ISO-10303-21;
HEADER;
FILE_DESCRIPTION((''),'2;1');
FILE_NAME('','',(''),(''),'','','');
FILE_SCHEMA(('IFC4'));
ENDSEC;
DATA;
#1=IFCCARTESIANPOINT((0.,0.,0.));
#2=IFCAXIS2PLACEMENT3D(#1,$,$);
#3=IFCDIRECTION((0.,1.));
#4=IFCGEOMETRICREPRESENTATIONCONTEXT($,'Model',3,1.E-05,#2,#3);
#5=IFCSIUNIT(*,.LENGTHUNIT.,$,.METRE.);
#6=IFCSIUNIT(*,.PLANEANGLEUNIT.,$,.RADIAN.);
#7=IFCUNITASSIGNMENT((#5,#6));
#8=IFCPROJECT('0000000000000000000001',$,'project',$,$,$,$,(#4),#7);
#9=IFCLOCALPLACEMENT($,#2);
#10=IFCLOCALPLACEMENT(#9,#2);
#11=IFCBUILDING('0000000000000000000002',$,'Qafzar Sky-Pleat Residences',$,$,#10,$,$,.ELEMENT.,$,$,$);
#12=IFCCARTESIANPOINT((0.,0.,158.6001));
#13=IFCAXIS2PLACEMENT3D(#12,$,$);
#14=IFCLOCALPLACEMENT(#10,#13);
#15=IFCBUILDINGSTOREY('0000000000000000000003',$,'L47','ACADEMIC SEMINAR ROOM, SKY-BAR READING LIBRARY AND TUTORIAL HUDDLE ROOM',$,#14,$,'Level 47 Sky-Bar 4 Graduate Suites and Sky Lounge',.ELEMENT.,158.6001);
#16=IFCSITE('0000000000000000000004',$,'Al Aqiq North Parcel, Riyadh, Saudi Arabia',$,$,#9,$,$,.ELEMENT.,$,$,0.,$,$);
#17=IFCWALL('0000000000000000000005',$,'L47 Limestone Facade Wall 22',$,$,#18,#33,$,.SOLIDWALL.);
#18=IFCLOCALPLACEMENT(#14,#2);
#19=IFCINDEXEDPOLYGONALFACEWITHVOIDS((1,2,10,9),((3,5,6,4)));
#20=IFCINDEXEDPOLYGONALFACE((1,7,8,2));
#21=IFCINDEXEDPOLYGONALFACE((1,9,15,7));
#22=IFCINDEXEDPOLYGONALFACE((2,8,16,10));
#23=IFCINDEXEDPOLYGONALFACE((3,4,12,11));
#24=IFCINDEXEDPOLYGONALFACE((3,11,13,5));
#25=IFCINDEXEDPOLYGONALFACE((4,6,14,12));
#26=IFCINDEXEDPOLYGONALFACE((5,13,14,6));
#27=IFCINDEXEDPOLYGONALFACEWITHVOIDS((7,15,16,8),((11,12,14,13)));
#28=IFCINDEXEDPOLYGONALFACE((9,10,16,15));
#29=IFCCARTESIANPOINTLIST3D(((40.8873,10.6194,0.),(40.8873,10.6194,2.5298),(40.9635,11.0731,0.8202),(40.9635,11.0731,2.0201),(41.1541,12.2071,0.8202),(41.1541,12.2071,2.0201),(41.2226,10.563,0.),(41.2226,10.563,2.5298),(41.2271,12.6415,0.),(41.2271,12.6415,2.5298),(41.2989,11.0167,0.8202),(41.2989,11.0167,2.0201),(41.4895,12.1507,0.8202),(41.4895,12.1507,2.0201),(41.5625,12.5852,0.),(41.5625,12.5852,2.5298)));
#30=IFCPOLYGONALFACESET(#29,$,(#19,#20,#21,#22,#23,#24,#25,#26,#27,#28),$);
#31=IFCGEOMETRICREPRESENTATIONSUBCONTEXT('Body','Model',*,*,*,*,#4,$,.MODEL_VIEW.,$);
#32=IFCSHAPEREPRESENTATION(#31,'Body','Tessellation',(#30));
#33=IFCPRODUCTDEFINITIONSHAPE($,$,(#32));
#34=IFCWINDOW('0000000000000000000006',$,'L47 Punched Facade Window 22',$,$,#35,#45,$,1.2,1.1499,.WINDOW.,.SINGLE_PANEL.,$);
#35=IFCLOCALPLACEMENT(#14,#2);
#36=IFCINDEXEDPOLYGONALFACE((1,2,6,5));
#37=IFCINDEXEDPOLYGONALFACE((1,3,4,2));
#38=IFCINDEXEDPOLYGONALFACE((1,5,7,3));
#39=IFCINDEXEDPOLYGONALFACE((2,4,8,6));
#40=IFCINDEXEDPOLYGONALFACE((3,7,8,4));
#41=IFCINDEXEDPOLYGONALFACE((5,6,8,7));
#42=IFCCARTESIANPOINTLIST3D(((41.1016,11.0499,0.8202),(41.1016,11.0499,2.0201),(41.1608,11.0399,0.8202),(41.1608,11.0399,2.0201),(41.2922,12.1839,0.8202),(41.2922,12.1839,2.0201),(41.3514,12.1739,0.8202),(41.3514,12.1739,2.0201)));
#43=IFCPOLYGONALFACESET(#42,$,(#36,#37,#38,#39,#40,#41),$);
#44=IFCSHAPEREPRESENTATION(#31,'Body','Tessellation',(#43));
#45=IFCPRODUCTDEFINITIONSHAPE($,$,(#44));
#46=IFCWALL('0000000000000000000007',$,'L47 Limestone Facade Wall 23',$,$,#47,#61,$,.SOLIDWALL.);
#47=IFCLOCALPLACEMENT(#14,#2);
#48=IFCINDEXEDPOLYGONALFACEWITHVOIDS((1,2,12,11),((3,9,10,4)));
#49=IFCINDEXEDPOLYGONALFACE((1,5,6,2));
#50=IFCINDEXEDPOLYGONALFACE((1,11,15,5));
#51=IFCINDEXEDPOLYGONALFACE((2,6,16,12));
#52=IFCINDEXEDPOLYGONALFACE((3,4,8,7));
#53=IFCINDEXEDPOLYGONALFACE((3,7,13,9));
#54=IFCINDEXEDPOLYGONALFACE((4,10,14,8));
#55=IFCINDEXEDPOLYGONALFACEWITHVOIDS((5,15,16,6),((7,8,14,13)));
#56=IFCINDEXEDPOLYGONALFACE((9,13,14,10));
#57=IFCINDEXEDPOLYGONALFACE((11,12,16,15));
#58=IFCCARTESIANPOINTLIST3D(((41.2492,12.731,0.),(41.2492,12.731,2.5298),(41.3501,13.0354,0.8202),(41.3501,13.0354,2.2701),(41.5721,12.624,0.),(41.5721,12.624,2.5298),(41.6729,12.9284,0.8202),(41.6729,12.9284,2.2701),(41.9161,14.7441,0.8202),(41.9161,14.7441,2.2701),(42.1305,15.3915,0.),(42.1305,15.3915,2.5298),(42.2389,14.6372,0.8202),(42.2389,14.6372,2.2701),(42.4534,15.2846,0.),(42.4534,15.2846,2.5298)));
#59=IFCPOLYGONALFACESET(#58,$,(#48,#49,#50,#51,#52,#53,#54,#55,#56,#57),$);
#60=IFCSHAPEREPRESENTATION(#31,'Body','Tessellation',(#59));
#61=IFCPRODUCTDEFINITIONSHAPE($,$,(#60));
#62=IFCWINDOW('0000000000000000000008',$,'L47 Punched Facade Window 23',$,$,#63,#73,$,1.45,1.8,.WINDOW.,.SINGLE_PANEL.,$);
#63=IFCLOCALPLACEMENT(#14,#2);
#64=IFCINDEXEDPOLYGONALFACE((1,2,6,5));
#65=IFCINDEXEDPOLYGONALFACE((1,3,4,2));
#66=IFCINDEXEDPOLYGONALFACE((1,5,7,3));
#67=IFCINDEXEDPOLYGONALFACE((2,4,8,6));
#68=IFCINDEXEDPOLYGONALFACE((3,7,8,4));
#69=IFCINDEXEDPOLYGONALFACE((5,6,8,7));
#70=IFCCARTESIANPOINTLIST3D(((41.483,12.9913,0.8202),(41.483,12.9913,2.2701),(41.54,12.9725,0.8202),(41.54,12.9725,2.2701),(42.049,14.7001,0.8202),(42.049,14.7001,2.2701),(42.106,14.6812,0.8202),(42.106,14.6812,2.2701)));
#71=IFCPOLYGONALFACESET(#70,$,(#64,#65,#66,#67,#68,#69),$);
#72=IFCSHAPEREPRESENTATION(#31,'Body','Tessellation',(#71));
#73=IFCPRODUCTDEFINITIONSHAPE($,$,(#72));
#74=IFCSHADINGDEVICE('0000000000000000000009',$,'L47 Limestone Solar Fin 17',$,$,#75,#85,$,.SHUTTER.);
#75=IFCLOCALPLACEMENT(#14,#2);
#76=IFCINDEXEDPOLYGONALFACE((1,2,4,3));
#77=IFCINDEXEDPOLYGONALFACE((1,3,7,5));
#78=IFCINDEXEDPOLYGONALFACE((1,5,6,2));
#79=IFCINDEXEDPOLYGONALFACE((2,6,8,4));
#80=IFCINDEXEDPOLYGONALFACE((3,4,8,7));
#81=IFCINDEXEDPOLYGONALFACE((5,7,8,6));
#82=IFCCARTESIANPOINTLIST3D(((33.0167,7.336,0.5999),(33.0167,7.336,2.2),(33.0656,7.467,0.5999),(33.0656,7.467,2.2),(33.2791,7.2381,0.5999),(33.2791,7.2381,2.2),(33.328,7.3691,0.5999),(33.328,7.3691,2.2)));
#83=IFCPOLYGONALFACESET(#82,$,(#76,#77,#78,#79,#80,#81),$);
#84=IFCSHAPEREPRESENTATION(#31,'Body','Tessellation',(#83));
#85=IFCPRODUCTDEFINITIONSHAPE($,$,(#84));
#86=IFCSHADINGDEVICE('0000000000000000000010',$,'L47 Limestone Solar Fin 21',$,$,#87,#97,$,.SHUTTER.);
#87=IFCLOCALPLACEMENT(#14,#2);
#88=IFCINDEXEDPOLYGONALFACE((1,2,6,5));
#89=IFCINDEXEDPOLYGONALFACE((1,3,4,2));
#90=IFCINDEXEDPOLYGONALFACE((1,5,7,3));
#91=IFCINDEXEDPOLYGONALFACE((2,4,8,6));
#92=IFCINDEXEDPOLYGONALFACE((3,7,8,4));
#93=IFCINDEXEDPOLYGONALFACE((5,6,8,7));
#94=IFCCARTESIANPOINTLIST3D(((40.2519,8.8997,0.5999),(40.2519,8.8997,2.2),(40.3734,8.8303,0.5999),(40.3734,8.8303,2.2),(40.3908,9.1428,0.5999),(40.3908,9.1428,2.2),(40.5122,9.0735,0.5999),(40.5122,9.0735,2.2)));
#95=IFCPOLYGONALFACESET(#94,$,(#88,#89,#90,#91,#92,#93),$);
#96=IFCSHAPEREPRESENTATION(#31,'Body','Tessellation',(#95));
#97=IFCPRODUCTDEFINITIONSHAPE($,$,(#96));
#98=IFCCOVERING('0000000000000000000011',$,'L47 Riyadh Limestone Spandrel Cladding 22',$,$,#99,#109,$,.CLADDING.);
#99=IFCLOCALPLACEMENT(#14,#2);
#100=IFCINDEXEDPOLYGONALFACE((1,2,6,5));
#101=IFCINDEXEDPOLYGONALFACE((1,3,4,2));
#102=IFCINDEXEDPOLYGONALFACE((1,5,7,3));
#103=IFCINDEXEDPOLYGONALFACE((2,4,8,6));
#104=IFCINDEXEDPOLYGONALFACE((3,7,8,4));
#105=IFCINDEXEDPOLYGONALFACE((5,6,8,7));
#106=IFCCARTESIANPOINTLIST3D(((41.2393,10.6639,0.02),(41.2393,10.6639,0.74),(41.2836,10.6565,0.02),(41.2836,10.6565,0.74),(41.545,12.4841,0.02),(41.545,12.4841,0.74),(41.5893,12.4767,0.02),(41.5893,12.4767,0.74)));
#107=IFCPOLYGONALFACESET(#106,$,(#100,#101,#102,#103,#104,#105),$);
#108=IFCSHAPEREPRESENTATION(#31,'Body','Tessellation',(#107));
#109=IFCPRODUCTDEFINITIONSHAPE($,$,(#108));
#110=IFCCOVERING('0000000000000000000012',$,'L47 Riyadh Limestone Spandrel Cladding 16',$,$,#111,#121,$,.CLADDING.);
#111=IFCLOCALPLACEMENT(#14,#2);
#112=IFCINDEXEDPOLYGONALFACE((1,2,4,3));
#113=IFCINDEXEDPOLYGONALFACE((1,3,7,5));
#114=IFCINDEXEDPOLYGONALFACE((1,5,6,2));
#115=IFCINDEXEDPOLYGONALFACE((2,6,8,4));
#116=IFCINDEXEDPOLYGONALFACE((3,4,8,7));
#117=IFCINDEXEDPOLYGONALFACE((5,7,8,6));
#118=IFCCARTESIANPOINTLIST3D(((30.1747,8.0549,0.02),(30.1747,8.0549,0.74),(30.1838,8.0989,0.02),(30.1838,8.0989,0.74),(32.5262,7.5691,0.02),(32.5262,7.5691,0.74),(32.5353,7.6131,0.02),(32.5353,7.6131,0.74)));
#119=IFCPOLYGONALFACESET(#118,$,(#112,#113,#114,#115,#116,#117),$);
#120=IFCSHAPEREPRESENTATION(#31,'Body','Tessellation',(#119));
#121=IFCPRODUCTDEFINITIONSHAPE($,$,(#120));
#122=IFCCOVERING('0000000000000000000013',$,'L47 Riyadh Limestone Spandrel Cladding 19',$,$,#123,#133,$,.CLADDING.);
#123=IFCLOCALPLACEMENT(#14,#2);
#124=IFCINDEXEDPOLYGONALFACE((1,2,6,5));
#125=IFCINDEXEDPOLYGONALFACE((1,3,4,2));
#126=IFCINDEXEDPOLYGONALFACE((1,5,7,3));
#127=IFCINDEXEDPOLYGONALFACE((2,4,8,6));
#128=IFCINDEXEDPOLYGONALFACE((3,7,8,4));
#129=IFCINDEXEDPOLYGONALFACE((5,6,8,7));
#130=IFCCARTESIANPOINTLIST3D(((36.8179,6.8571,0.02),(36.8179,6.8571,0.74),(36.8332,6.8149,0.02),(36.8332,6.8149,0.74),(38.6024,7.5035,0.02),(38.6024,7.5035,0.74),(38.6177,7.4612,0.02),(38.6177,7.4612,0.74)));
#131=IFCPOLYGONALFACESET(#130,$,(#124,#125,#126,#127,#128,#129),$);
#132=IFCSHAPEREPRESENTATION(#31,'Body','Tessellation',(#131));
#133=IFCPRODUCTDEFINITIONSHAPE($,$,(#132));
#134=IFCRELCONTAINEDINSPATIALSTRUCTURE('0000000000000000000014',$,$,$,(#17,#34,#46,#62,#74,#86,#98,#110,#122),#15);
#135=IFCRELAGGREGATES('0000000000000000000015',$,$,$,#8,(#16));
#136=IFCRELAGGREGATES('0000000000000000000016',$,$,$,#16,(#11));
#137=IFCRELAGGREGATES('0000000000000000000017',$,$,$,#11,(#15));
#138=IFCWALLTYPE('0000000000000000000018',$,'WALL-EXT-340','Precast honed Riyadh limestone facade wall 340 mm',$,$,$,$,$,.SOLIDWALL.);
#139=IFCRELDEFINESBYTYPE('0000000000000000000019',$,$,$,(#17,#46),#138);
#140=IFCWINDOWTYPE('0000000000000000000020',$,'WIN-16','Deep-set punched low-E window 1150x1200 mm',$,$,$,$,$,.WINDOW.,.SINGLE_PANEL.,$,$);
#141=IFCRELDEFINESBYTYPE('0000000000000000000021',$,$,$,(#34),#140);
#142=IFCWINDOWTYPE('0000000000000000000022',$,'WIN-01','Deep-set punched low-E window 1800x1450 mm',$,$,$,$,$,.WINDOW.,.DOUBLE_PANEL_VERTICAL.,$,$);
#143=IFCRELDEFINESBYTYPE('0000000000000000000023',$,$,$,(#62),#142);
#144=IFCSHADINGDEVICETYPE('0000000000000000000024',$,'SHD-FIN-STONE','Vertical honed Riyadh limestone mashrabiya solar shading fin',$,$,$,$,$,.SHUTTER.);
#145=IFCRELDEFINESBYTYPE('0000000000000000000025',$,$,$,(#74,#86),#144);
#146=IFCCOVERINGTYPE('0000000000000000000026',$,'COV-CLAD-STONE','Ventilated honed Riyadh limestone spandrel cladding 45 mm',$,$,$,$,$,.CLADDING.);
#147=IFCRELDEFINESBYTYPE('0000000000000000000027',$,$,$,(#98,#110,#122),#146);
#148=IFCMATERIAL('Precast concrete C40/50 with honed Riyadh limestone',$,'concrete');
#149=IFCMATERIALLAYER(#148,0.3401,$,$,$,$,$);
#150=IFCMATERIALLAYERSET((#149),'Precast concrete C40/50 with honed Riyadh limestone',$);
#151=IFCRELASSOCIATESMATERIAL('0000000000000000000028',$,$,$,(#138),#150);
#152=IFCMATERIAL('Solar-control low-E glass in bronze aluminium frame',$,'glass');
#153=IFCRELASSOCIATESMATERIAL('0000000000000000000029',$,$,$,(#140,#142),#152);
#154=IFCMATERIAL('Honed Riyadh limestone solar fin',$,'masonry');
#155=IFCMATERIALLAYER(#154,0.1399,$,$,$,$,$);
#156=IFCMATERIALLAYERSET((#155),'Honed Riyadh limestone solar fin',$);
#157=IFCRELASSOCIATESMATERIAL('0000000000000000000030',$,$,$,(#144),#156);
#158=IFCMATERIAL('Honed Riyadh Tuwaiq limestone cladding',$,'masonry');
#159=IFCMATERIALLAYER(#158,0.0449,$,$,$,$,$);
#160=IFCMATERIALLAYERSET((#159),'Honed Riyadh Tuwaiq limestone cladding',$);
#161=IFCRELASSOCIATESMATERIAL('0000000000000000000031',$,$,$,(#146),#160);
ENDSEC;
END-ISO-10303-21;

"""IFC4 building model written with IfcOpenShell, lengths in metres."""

from ifc_helpers import new_model, si_unit, direction, frame, frame_2d, origin, origin_2d, place, context, subcontext, project, spatial, rectangle, extrude, source, transform, mapped, material, layer, layer_set, type_object, element, fill, save


model = new_model("IFC4")

# Units and contexts
model_context = context("Model", 3, precision=1e-05, world=origin(), true_north=direction((0.0, 1.0)))
body_context = subcontext(model_context, "Body", "Model", "MODEL_VIEW")
ifc_project = project(units=[si_unit("LENGTHUNIT", "METRE"), si_unit("PLANEANGLEUNIT", "RADIAN")], contexts=[model_context])

# Site, building, storey
site_placement = place(None, origin())
site = spatial("IfcSite", under=ifc_project, at=site_placement, Name="Al Aqiq North Parcel, Riyadh, Saudi Arabia", CompositionType="ELEMENT", RefElevation=0.0)
building_placement = place(site_placement, origin())
building = spatial("IfcBuilding", under=site, at=building_placement, Name="Qafzar Sky-Pleat Residences", CompositionType="ELEMENT")
storey_placement = place(building_placement, frame((0.0, 0.0, 158.6001)))
storey = spatial("IfcBuildingStorey", under=building, at=storey_placement, Name="L47", Description="ACADEMIC SEMINAR ROOM, SKY-BAR READING LIBRARY AND TUTORIAL HUDDLE ROOM", LongName="Level 47 Sky-Bar 4 Graduate Suites and Sky Lounge", CompositionType="ELEMENT", Elevation=158.6001)

# Walls, openings, windows
ifc_material_1 = material(Name="Precast concrete C40/50 with honed Riyadh limestone", Category="concrete")
ifc_layer_1 = layer(ifc_material_1, 0.3401)
ifc_layer_set_1 = layer_set([ifc_layer_1], Name="Precast concrete C40/50 with honed Riyadh limestone")
wall_type = type_object("IfcWallType", Name="WALL-EXT-340", Description="Precast honed Riyadh limestone facade wall 340 mm", PredefinedType="SOLIDWALL", material=ifc_layer_set_1)
ifc_material_2 = material(Name="Solar-control low-E glass in bronze aluminium frame", Category="glass")
wall_1_placement = place(storey_placement, frame((41.0549, 10.5911, 0.0), z_axis=(0.0, 0.0, 1.0), x_axis=(0.165731, 0.986171, 0.0)))
wall_1 = element("IfcWall", 1, at=wall_1_placement, inside=storey, type_object=wall_type, Name="L47 Limestone Facade Wall 22", PredefinedType="SOLIDWALL", context=body_context, shape_type="SweptSolid", body=[
    extrude(rectangle(XDim=2.0505, YDim=0.3401, at=frame_2d((1.0254, 0.0))), origin(), (0.0, 0.0, 1.0), 2.5298),
])
opening_1_placement = place(wall_1_placement, frame((0.4602, 0.0, 0.8201)))
opening_1 = element("IfcOpeningElement", 2, at=opening_1_placement, cuts=wall_1, PredefinedType="OPENING", context=body_context, shape_type="SweptSolid", body=[
    extrude(rectangle(XDim=1.1499, YDim=1.2, at=frame_2d((0.575, 0.6001))), frame((0.0, 0.1802, 0.0), z_axis=(0.0, -1.0, 0.0), x_axis=(1.0, 0.0, 0.0)), (0.0, 0.0, 1.0), 0.3601),
])
window_type_1 = type_object("IfcWindowType", Name="WIN-16", Description="Deep-set punched low-E window 1150x1200 mm", PartitioningType="SINGLE_PANEL", PredefinedType="WINDOW", material=ifc_material_2)
shared_shape_1 = source(origin(), body_context, "Body", "SweptSolid", [
    extrude(rectangle(XDim=1.1499, YDim=1.2, at=frame_2d((0.575, 0.6001))), frame((0.0, 0.03, 0.0), z_axis=(0.0, -1.0, 0.0), x_axis=(1.0, 0.0, 0.0)), (0.0, 0.0, 1.0), 0.0601),
])
window_1_placement = place(opening_1_placement, origin())
window_1 = element("IfcWindow", 3, at=window_1_placement, inside=storey, type_object=window_type_1, Name="L47 Punched Facade Window 22", OverallHeight=1.2, OverallWidth=1.1499, PartitioningType="SINGLE_PANEL", PredefinedType="WINDOW", context=body_context, shape_type="MappedRepresentation", body=[
    mapped(shared_shape_1, transform((0.0, 0.0, 0.0), x_axis=(1.0, 0.0, 0.0), y_axis=(0.0, 1.0, 0.0), z_axis=(0.0, 0.0, 1.0), scale=1.0)),
])
fill(opening_1, window_1)
wall_2_placement = place(storey_placement, frame((41.4106, 12.6775, 0.0), z_axis=(0.0, 0.0, 1.0), x_axis=(0.31445, 0.949274, 0.0)))
wall_2 = element("IfcWall", 4, at=wall_2_placement, inside=storey, type_object=wall_type, Name="L47 Limestone Facade Wall 23", PredefinedType="SOLIDWALL", context=body_context, shape_type="SweptSolid", body=[
    extrude(rectangle(XDim=2.8027, YDim=0.3401, at=frame_2d((1.4014, 0.0))), origin(), (0.0, 0.0, 1.0), 2.5298),
])
opening_2_placement = place(wall_2_placement, frame((0.3208, 0.0, 0.8201)))
opening_2 = element("IfcOpeningElement", 5, at=opening_2_placement, cuts=wall_2, PredefinedType="OPENING", context=body_context, shape_type="SweptSolid", body=[
    extrude(rectangle(XDim=1.8, YDim=1.45, at=frame_2d((0.8999, 0.7251))), frame((0.0, 0.1802, 0.0), z_axis=(0.0, -1.0, 0.0), x_axis=(1.0, 0.0, 0.0)), (0.0, 0.0, 1.0), 0.3601),
])
window_type_2 = type_object("IfcWindowType", Name="WIN-01", Description="Deep-set punched low-E window 1800x1450 mm", PartitioningType="DOUBLE_PANEL_VERTICAL", PredefinedType="WINDOW", material=ifc_material_2)
shared_shape_2 = source(origin(), body_context, "Body", "SweptSolid", [
    extrude(rectangle(XDim=1.8, YDim=1.45, at=frame_2d((0.8999, 0.7251))), frame((0.0, 0.03, 0.0), z_axis=(0.0, -1.0, 0.0), x_axis=(1.0, 0.0, 0.0)), (0.0, 0.0, 1.0), 0.0601),
])
window_2_placement = place(opening_2_placement, origin())
window_2 = element("IfcWindow", 6, at=window_2_placement, inside=storey, type_object=window_type_2, Name="L47 Punched Facade Window 23", OverallHeight=1.45, OverallWidth=1.8, PartitioningType="SINGLE_PANEL", PredefinedType="WINDOW", context=body_context, shape_type="MappedRepresentation", body=[
    mapped(shared_shape_2, transform((0.0, 0.0, 0.0), x_axis=(1.0, 0.0, 0.0), y_axis=(0.0, 1.0, 0.0), z_axis=(0.0, 0.0, 1.0), scale=1.0)),
])
fill(opening_2, window_2)

# Shading devices
ifc_material_3 = material(Name="Honed Riyadh limestone solar fin", Category="masonry")
ifc_layer_2 = layer(ifc_material_3, 0.1399)
ifc_layer_set_2 = layer_set([ifc_layer_2], Name="Honed Riyadh limestone solar fin")
shading_device_type = type_object("IfcShadingDeviceType", Name="SHD-FIN-STONE", Description="Vertical honed Riyadh limestone mashrabiya solar shading fin", PredefinedType="SHUTTER", material=ifc_layer_set_2)
shared_shape_3 = source(origin(), body_context, "Body", "SweptSolid", [
    extrude(rectangle(XDim=0.1399, YDim=0.28, at=origin_2d()), origin(), (0.0, 0.0, 1.0), 1.6001),
])
for number, where, z_axis, x_axis, name in (
    (7, (33.1724, 7.3525, 0.5999), (0.0, 0.0, 1.0), (-0.349592, -0.936902, 0.0), "L47 Limestone Solar Fin 17"),
    (8, (40.3821, 8.9866, 0.5999), (0.0, 0.0, 1.0), (0.868422, -0.495826, 0.0), "L47 Limestone Solar Fin 21"),
):
    element("IfcShadingDevice", number, at=place(storey_placement, frame(where, z_axis=z_axis, x_axis=x_axis)), inside=storey, type_object=shading_device_type, Name=name, PredefinedType="SHUTTER", context=body_context, shape_type="MappedRepresentation", body=[
        mapped(shared_shape_3, transform((0.0, 0.0, 0.0), x_axis=(1.0, 0.0, 0.0), y_axis=(0.0, 1.0, 0.0), z_axis=(0.0, 0.0, 1.0), scale=1.0)),
    ])

# Coverings
ifc_material_4 = material(Name="Honed Riyadh Tuwaiq limestone cladding", Category="masonry")
ifc_layer_3 = layer(ifc_material_4, 0.0449)
ifc_layer_set_3 = layer_set([ifc_layer_3], Name="Honed Riyadh Tuwaiq limestone cladding")
covering_type = type_object("IfcCoveringType", Name="COV-CLAD-STONE", Description="Ventilated honed Riyadh limestone spandrel cladding 45 mm", PredefinedType="CLADDING", material=ifc_layer_set_3)
shared_shape_4 = source(origin(), body_context, "Body", "SweptSolid", [
    extrude(rectangle(XDim=1.8457, YDim=0.0449, at=origin_2d()), origin(), (0.0, 0.0, 1.0), 0.72),
])
covering_1_placement = place(storey_placement, frame((41.4143, 11.5703, 0.02), z_axis=(0.0, 0.0, 1.0), x_axis=(0.165656, 0.986184, 0.0)))
element("IfcCovering", 9, at=covering_1_placement, inside=storey, type_object=covering_type, Name="L47 Riyadh Limestone Spandrel Cladding 22", PredefinedType="CLADDING", context=body_context, shape_type="MappedRepresentation", body=[
    mapped(shared_shape_4, transform((0.0, 0.0, 0.0), x_axis=(1.0, 0.0, 0.0), y_axis=(0.0, 1.0, 0.0), z_axis=(0.0, 0.0, 1.0), scale=1.0)),
])
shared_shape_5 = source(origin(), body_context, "Body", "SweptSolid", [
    extrude(rectangle(XDim=2.4011, YDim=0.0449, at=origin_2d()), origin(), (0.0, 0.0, 1.0), 0.72),
])
covering_2_placement = place(storey_placement, frame((31.355, 7.834, 0.02), z_axis=(0.0, 0.0, 1.0), x_axis=(0.979318, -0.202325, 0.0)))
element("IfcCovering", 10, at=covering_2_placement, inside=storey, type_object=covering_type, Name="L47 Riyadh Limestone Spandrel Cladding 16", PredefinedType="CLADDING", context=body_context, shape_type="MappedRepresentation", body=[
    mapped(shared_shape_5, transform((0.0, 0.0, 0.0), x_axis=(1.0, 0.0, 0.0), y_axis=(0.0, 1.0, 0.0), z_axis=(0.0, 0.0, 1.0), scale=1.0)),
])
shared_shape_6 = source(origin(), body_context, "Body", "SweptSolid", [
    extrude(rectangle(XDim=1.8979, YDim=0.0449, at=origin_2d()), origin(), (0.0, 0.0, 1.0), 0.72),
])
covering_3_placement = place(storey_placement, frame((37.7178, 7.1592, 0.02), z_axis=(0.0, 0.0, 1.0), x_axis=(0.940232, 0.340536, 0.0)))
element("IfcCovering", 11, at=covering_3_placement, inside=storey, type_object=covering_type, Name="L47 Riyadh Limestone Spandrel Cladding 19", PredefinedType="CLADDING", context=body_context, shape_type="MappedRepresentation", body=[
    mapped(shared_shape_6, transform((0.0, 0.0, 0.0), x_axis=(1.0, 0.0, 0.0), y_axis=(0.0, 1.0, 0.0), z_axis=(0.0, 0.0, 1.0), scale=1.0)),
])

save(model, "model.ifc")
